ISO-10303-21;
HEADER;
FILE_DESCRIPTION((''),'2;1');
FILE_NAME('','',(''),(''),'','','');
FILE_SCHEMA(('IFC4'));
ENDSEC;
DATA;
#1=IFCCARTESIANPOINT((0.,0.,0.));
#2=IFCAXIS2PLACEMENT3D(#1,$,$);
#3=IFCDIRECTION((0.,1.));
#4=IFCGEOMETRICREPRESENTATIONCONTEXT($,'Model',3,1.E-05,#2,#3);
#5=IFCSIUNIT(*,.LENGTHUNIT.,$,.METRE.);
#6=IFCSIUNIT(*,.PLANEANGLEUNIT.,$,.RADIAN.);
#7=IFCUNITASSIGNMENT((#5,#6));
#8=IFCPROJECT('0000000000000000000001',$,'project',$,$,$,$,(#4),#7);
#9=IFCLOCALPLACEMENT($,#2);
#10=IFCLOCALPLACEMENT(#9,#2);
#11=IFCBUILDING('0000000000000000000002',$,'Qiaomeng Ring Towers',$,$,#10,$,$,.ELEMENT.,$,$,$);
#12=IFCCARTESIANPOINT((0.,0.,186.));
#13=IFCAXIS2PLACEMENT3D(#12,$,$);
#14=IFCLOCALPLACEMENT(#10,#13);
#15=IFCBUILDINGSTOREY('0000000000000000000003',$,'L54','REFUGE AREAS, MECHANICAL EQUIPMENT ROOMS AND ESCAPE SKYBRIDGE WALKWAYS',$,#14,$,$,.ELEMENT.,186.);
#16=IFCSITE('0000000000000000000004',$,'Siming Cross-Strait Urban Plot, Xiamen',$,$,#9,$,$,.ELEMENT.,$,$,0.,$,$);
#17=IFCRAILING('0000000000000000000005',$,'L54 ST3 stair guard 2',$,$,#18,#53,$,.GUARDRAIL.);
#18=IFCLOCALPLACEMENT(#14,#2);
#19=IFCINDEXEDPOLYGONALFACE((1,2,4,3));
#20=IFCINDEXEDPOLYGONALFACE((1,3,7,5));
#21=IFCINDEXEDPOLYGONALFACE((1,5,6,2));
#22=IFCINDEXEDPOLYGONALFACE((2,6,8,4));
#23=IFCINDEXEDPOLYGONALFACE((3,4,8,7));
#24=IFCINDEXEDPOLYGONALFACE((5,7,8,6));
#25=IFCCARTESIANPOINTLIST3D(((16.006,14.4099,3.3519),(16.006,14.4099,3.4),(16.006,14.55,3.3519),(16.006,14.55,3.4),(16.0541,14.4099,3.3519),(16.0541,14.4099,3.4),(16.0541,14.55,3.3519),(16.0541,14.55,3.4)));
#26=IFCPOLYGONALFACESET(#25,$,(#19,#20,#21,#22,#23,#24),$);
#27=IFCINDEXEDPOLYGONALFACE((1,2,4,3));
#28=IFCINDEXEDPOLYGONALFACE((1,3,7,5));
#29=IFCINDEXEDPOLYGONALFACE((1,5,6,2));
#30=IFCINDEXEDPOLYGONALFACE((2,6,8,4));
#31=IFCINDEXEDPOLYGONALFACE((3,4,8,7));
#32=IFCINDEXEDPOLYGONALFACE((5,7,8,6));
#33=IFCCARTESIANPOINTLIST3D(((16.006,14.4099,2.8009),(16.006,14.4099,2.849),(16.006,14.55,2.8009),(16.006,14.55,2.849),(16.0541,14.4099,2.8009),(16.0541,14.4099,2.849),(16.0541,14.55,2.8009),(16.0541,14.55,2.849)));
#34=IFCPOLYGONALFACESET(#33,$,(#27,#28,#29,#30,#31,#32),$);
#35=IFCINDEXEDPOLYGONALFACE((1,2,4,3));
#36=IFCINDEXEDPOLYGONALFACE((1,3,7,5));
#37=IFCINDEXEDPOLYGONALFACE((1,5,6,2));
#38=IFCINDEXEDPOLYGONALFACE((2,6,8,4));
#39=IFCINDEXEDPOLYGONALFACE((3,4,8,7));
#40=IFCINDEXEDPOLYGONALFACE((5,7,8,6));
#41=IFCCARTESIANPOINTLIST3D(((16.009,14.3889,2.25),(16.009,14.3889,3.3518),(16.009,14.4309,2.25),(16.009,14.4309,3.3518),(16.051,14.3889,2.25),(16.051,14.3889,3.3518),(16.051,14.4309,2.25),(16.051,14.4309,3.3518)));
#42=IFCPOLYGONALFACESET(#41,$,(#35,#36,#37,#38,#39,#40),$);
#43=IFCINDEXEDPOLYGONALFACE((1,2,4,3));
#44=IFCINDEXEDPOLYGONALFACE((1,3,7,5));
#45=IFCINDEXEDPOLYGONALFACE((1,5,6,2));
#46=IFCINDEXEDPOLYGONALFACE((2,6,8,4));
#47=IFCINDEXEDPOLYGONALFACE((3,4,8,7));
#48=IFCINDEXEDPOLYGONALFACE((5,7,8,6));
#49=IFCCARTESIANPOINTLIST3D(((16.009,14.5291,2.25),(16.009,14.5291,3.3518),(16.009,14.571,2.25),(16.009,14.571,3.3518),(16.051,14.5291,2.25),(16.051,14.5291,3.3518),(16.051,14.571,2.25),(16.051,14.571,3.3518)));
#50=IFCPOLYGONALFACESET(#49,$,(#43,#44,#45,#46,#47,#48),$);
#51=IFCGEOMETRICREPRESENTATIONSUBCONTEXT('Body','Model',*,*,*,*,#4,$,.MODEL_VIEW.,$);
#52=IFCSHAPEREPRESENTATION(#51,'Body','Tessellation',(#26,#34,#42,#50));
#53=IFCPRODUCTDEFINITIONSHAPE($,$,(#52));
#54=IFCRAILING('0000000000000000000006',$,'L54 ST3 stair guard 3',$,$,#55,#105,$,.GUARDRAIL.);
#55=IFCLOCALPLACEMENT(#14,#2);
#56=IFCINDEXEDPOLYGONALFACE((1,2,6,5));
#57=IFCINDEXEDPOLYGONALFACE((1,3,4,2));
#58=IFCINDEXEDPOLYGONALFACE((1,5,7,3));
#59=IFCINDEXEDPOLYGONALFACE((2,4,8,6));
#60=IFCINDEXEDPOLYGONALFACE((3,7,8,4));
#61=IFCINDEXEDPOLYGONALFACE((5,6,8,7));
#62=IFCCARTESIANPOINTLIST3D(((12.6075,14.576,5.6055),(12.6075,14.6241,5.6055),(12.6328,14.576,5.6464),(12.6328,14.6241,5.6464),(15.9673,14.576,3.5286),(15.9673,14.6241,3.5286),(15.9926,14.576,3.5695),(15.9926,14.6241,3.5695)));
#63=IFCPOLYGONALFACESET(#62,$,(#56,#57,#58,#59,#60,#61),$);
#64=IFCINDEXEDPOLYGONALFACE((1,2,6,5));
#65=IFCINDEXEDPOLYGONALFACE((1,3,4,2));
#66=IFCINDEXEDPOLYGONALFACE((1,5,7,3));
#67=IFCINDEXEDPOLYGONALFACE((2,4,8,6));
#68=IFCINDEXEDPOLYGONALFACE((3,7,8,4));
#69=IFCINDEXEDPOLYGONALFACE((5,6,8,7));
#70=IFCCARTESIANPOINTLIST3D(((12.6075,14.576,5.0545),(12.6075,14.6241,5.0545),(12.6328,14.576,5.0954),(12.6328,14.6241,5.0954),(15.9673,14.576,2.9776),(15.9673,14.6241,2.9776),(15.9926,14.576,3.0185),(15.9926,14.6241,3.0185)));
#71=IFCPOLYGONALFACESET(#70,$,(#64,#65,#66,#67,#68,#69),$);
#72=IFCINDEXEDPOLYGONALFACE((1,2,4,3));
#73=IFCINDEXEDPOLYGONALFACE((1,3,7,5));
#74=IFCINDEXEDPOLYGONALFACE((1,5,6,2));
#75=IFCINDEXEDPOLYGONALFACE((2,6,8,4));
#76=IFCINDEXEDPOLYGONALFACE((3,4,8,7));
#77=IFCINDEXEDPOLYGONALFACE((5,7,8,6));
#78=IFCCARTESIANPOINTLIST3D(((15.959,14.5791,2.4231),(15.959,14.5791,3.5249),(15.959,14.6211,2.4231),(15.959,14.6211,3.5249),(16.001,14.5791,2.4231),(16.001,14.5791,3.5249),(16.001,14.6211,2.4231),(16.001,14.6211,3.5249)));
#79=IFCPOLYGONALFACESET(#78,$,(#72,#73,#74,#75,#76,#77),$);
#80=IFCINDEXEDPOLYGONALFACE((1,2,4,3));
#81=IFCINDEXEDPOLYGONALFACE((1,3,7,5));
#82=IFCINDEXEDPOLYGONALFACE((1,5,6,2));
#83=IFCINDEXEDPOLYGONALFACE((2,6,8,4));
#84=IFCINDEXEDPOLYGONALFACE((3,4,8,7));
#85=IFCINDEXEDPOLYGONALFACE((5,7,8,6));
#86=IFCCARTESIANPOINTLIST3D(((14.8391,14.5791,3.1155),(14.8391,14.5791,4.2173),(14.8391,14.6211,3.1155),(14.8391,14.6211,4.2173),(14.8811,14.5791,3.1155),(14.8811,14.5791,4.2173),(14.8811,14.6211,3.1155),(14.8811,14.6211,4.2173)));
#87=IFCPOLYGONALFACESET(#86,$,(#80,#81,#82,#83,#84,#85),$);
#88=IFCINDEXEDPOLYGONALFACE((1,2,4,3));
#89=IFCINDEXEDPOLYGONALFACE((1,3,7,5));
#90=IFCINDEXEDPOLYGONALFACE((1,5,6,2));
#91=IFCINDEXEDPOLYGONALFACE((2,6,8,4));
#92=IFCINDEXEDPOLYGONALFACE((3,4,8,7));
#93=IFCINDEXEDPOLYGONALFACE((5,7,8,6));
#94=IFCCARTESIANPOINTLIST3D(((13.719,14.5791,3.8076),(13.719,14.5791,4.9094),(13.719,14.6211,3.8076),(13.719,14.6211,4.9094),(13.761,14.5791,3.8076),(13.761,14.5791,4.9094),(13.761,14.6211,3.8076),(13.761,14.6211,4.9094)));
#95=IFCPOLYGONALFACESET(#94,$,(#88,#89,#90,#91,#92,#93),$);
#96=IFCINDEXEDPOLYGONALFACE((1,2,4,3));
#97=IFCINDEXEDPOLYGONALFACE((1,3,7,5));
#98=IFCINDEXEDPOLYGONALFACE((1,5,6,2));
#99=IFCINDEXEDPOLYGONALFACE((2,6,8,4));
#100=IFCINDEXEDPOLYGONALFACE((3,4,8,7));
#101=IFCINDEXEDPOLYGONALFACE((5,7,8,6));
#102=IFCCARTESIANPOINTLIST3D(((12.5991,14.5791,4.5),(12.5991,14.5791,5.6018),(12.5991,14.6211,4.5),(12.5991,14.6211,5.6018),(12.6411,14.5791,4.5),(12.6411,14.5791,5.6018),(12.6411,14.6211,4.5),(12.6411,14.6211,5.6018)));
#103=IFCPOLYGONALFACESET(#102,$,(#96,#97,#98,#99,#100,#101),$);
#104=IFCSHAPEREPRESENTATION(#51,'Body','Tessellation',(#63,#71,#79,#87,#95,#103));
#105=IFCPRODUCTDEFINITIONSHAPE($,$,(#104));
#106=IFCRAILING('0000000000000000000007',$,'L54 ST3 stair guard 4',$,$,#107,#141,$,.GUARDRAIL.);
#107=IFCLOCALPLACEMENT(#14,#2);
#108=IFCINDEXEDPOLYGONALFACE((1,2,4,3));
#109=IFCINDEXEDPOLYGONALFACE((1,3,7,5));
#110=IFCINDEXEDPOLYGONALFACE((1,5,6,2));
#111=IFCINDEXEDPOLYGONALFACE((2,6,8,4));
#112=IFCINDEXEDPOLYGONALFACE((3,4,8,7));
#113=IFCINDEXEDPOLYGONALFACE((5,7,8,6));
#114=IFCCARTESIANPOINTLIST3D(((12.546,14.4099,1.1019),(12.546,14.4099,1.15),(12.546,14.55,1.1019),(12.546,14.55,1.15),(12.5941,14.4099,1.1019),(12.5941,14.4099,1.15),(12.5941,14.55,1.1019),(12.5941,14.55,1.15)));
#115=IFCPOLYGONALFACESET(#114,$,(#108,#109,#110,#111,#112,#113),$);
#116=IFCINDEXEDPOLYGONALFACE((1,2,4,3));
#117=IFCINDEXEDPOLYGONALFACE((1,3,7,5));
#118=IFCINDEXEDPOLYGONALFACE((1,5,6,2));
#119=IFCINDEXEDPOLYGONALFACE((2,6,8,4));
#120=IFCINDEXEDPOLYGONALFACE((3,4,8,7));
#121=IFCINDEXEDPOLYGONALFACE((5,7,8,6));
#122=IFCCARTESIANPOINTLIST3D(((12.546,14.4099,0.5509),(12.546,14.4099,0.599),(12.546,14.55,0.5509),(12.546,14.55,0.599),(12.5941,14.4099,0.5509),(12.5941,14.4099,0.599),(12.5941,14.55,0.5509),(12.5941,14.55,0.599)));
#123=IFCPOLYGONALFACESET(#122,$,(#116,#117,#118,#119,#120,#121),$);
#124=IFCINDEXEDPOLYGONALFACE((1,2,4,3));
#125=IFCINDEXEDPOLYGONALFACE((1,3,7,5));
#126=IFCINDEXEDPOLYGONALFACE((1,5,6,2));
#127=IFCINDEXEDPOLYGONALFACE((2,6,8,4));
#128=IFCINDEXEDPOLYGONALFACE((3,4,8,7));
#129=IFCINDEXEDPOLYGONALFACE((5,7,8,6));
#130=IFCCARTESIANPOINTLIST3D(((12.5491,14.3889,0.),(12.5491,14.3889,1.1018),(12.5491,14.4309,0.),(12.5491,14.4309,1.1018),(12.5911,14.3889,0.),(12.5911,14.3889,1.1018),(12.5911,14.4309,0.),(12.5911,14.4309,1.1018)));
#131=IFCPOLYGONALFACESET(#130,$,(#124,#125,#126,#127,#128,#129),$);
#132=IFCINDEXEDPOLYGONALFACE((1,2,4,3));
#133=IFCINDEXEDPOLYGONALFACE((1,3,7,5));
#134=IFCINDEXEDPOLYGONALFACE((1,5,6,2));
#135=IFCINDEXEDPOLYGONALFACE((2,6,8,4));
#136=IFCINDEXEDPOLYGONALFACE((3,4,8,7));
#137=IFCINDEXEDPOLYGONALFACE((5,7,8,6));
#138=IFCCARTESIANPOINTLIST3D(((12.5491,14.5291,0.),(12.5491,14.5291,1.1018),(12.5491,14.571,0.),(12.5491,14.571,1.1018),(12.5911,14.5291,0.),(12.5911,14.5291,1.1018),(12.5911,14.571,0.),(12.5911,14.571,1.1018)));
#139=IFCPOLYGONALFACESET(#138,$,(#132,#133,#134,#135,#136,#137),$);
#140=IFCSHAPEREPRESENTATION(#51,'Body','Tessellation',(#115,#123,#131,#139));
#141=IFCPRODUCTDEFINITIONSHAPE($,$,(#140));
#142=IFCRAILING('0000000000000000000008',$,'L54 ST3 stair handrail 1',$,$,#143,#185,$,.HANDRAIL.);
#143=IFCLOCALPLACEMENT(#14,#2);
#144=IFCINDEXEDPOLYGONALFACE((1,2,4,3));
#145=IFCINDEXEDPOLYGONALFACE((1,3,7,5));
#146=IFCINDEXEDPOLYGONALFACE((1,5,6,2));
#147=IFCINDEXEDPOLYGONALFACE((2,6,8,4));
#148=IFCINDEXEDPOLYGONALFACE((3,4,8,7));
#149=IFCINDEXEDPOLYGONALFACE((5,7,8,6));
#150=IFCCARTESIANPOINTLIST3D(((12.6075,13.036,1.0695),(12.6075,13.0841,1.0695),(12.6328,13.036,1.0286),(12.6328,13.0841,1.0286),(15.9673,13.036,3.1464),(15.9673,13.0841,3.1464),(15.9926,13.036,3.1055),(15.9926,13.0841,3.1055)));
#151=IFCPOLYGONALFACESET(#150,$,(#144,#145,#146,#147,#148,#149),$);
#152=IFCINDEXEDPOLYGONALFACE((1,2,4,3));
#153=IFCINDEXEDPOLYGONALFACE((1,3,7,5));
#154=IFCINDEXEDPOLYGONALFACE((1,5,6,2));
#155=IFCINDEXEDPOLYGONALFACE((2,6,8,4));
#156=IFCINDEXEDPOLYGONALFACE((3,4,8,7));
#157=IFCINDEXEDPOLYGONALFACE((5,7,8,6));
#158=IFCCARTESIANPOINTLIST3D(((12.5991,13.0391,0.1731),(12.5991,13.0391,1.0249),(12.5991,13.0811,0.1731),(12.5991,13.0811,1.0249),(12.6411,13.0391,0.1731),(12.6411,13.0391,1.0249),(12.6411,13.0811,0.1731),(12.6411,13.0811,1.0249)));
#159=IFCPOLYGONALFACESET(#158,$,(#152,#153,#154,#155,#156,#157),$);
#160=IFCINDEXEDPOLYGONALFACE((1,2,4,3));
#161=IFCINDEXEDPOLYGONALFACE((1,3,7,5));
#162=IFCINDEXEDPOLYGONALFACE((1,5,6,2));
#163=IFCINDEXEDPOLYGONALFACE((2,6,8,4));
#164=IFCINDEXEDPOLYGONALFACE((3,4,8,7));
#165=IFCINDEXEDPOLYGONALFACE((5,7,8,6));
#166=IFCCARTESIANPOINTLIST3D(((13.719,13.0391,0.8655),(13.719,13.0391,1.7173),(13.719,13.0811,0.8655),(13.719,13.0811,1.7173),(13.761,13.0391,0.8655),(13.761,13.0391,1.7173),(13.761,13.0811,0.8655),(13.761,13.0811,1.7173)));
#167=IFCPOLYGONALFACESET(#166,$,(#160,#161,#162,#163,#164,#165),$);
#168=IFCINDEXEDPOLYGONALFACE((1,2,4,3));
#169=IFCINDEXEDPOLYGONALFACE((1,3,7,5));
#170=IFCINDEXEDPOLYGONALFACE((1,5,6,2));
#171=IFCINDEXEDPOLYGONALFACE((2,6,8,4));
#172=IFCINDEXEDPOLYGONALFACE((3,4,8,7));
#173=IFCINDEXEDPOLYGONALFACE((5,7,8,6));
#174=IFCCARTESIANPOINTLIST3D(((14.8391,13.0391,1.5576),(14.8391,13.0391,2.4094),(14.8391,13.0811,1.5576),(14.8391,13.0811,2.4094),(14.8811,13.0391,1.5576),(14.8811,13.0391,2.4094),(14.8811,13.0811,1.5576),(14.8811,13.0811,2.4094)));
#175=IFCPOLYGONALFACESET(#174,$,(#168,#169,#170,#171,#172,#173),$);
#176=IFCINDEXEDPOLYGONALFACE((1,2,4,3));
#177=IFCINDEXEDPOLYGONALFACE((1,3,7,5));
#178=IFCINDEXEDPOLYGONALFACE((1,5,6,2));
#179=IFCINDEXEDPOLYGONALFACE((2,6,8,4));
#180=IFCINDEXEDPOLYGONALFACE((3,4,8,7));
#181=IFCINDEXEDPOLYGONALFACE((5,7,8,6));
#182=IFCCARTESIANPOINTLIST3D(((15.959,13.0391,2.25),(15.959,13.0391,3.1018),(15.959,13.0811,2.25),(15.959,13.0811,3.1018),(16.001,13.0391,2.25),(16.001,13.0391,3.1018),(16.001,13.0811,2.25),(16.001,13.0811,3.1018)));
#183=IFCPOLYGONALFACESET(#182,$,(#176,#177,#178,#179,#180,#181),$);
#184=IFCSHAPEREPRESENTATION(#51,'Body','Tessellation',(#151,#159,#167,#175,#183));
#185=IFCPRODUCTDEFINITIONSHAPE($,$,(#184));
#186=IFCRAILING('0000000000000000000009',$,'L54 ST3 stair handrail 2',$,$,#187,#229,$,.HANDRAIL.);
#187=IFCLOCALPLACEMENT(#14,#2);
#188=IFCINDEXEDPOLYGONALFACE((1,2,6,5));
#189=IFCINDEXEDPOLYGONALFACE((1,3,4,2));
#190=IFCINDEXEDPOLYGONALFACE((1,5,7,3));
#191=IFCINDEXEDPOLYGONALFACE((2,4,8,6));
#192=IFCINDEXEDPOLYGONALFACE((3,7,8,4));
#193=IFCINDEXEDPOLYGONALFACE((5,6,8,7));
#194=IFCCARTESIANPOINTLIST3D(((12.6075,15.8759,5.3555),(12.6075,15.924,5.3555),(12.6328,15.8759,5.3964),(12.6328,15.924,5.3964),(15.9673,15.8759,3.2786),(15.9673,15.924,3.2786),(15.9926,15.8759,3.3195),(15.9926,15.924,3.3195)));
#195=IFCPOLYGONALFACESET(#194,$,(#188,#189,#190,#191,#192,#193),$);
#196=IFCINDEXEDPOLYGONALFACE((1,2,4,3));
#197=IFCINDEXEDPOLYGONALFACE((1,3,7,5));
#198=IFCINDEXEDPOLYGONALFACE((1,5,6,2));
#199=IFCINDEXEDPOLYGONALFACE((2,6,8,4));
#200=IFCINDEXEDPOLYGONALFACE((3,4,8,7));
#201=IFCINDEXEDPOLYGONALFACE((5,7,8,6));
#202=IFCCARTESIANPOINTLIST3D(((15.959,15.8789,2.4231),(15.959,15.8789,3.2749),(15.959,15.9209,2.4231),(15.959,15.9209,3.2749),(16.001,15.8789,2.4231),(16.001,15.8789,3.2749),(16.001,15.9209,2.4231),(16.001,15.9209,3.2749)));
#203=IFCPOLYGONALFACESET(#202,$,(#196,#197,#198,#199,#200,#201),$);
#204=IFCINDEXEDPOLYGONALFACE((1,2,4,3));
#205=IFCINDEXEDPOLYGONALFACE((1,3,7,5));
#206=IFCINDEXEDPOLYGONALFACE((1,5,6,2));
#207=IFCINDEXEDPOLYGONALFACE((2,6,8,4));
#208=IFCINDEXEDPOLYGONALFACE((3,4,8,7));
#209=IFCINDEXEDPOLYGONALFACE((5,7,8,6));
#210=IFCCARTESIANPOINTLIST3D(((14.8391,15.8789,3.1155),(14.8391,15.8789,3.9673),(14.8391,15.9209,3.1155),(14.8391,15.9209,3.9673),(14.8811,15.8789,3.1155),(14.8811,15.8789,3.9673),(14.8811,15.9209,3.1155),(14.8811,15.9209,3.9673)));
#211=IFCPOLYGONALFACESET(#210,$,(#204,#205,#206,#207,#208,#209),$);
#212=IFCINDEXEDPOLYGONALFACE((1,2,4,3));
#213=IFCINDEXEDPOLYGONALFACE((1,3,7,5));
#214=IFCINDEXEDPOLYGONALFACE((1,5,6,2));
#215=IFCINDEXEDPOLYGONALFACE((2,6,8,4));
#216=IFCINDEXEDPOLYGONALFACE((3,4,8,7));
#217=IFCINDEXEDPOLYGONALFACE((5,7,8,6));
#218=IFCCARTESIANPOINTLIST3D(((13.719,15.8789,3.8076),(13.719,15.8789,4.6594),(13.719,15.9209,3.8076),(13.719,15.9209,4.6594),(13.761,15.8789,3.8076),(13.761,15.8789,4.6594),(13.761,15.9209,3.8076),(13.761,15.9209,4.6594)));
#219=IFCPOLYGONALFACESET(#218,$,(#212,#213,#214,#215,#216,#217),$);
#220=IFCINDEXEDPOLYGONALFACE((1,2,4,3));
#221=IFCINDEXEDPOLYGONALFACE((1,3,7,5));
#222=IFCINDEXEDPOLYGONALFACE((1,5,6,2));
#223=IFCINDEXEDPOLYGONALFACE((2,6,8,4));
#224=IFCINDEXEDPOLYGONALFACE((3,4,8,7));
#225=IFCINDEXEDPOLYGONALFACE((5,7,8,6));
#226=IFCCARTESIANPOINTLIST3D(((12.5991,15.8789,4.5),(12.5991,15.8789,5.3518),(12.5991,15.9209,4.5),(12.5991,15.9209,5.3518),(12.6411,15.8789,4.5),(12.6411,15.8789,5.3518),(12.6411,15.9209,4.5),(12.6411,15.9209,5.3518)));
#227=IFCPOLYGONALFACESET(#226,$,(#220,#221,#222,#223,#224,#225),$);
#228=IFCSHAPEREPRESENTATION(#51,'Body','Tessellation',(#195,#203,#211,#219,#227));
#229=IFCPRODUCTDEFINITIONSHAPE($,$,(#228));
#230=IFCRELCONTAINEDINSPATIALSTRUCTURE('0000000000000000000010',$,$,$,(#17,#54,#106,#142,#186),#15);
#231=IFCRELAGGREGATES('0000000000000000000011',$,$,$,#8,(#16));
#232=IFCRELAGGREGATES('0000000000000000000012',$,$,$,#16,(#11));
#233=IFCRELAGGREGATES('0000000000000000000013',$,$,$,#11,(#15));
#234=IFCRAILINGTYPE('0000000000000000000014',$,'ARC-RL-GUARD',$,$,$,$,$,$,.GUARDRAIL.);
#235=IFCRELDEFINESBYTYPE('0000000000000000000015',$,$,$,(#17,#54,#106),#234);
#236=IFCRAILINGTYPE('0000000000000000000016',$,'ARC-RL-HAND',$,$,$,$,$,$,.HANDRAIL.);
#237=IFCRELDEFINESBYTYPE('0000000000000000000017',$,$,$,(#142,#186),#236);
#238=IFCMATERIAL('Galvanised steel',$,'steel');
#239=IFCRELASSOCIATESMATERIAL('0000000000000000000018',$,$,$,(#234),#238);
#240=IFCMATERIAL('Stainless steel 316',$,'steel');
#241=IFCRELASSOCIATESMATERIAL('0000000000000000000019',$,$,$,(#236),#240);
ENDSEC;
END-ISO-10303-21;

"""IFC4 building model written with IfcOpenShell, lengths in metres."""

from ifc_helpers import new_model, si_unit, direction, frame, origin, origin_2d, place, context, subcontext, project, spatial, rectangle, extrude, material, type_object, element, save


model = new_model("IFC4")

# Units and contexts
model_context = context("Model", 3, precision=1e-05, world=origin(), true_north=direction((0.0, 1.0)))
body_context = subcontext(model_context, "Body", "Model", "MODEL_VIEW")
ifc_project = project(units=[si_unit("LENGTHUNIT", "METRE"), si_unit("PLANEANGLEUNIT", "RADIAN")], contexts=[model_context])

# Site, building, storey
site_placement = place(None, origin())
site = spatial("IfcSite", under=ifc_project, at=site_placement, Name="Siming Cross-Strait Urban Plot, Xiamen", CompositionType="ELEMENT", RefElevation=0.0)
building_placement = place(site_placement, origin())
building = spatial("IfcBuilding", under=site, at=building_placement, Name="Qiaomeng Ring Towers", CompositionType="ELEMENT")
storey_placement = place(building_placement, frame((0.0, 0.0, 186.0)))
storey = spatial("IfcBuildingStorey", under=building, at=storey_placement, Name="L54", Description="REFUGE AREAS, MECHANICAL EQUIPMENT ROOMS AND ESCAPE SKYBRIDGE WALKWAYS", CompositionType="ELEMENT", Elevation=186.0)

# Shared definitions
ifc_material_1 = material(Name="Galvanised steel", Category="steel")

# Railings
railing_type_1 = type_object("IfcRailingType", Name="ARC-RL-GUARD", PredefinedType="GUARDRAIL", material=ifc_material_1)
railing_1_placement = place(storey_placement, frame((16.03, 14.4099, 2.25)))
element("IfcRailing", 1, at=railing_1_placement, inside=storey, type_object=railing_type_1, Name="L54 ST3 stair guard 2", PredefinedType="GUARDRAIL", context=body_context, shape_type="SweptSolid", body=[
    extrude(rectangle(XDim=0.0481, YDim=0.0481, at=origin_2d()), frame((0.0, 0.0, 1.126), z_axis=(0.0, 1.0, 0.0), x_axis=(-1.0, 0.0, 0.0)), (0.0, 0.0, 1.0), 0.1401),
    extrude(rectangle(XDim=0.0481, YDim=0.0481, at=origin_2d()), frame((0.0, 0.0, 0.575), z_axis=(0.0, 1.0, 0.0), x_axis=(-1.0, 0.0, 0.0)), (0.0, 0.0, 1.0), 0.1401),
    extrude(rectangle(XDim=0.042, YDim=0.042, at=origin_2d()), origin(), (0.0, 0.0, 1.0), 1.1018),
    extrude(rectangle(XDim=0.042, YDim=0.042, at=origin_2d()), frame((0.0, 0.1401, 0.0)), (0.0, 0.0, 1.0), 1.1018),
])
railing_2_placement = place(storey_placement, frame((15.98, 14.6001, 2.4231)))
element("IfcRailing", 2, at=railing_2_placement, inside=storey, type_object=railing_type_1, Name="L54 ST3 stair guard 3", PredefinedType="GUARDRAIL", context=body_context, shape_type="SweptSolid", body=[
    extrude(rectangle(XDim=0.0481, YDim=0.0481, at=origin_2d()), frame((0.0, 0.0, 1.126), z_axis=(-0.850606, 0.0, 0.525803), x_axis=(0.0, -1.0, 0.0)), (0.0, 0.0, 1.0), 3.95),
    extrude(rectangle(XDim=0.0481, YDim=0.0481, at=origin_2d()), frame((0.0, 0.0, 0.575), z_axis=(-0.850606, 0.0, 0.525803), x_axis=(0.0, -1.0, 0.0)), (0.0, 0.0, 1.0), 3.95),
    extrude(rectangle(XDim=0.042, YDim=0.042, at=origin_2d()), origin(), (0.0, 0.0, 1.0), 1.1018),
    extrude(rectangle(XDim=0.042, YDim=0.042, at=origin_2d()), frame((-1.1199, 0.0, 0.6924)), (0.0, 0.0, 1.0), 1.1018),
    extrude(rectangle(XDim=0.042, YDim=0.042, at=origin_2d()), frame((-2.24, 0.0, 1.3845)), (0.0, 0.0, 1.0), 1.1018),
    extrude(rectangle(XDim=0.042, YDim=0.042, at=origin_2d()), frame((-3.3599, 0.0, 2.0769)), (0.0, 0.0, 1.0), 1.1018),
])
railing_3_placement = place(storey_placement, frame((12.5701, 14.4099, 0.0)))
element("IfcRailing", 3, at=railing_3_placement, inside=storey, type_object=railing_type_1, Name="L54 ST3 stair guard 4", PredefinedType="GUARDRAIL", context=body_context, shape_type="SweptSolid", body=[
    extrude(rectangle(XDim=0.0481, YDim=0.0481, at=origin_2d()), frame((0.0, 0.0, 1.126), z_axis=(0.0, 1.0, 0.0), x_axis=(-1.0, 0.0, 0.0)), (0.0, 0.0, 1.0), 0.1401),
    extrude(rectangle(XDim=0.0481, YDim=0.0481, at=origin_2d()), frame((0.0, 0.0, 0.575), z_axis=(0.0, 1.0, 0.0), x_axis=(-1.0, 0.0, 0.0)), (0.0, 0.0, 1.0), 0.1401),
    extrude(rectangle(XDim=0.042, YDim=0.042, at=origin_2d()), origin(), (0.0, 0.0, 1.0), 1.1018),
    extrude(rectangle(XDim=0.042, YDim=0.042, at=origin_2d()), frame((0.0, 0.1401, 0.0)), (0.0, 0.0, 1.0), 1.1018),
])
ifc_material_2 = material(Name="Stainless steel 316", Category="steel")
railing_type_2 = type_object("IfcRailingType", Name="ARC-RL-HAND", PredefinedType="HANDRAIL", material=ifc_material_2)
railing_4_placement = place(storey_placement, frame((12.6201, 13.0601, 0.1731)))
element("IfcRailing", 4, at=railing_4_placement, inside=storey, type_object=railing_type_2, Name="L54 ST3 stair handrail 1", PredefinedType="HANDRAIL", context=body_context, shape_type="SweptSolid", body=[
    extrude(rectangle(XDim=0.0481, YDim=0.0481, at=origin_2d()), frame((0.0, 0.0, 0.876), z_axis=(0.850606, 0.0, 0.525803), x_axis=(0.0, 1.0, 0.0)), (0.0, 0.0, 1.0), 3.95),
    extrude(rectangle(XDim=0.042, YDim=0.042, at=origin_2d()), origin(), (0.0, 0.0, 1.0), 0.8518),
    extrude(rectangle(XDim=0.042, YDim=0.042, at=origin_2d()), frame((1.1199, 0.0, 0.6924)), (0.0, 0.0, 1.0), 0.8518),
    extrude(rectangle(XDim=0.042, YDim=0.042, at=origin_2d()), frame((2.24, 0.0, 1.3845)), (0.0, 0.0, 1.0), 0.8518),
    extrude(rectangle(XDim=0.042, YDim=0.042, at=origin_2d()), frame((3.3599, 0.0, 2.0769)), (0.0, 0.0, 1.0), 0.8518),
])
railing_5_placement = place(storey_placement, frame((15.98, 15.8999, 2.4231)))
element("IfcRailing", 5, at=railing_5_placement, inside=storey, type_object=railing_type_2, Name="L54 ST3 stair handrail 2", PredefinedType="HANDRAIL", context=body_context, shape_type="SweptSolid", body=[
    extrude(rectangle(XDim=0.0481, YDim=0.0481, at=origin_2d()), frame((0.0, 0.0, 0.876), z_axis=(-0.850606, 0.0, 0.525803), x_axis=(0.0, -1.0, 0.0)), (0.0, 0.0, 1.0), 3.95),
    extrude(rectangle(XDim=0.042, YDim=0.042, at=origin_2d()), origin(), (0.0, 0.0, 1.0), 0.8518),
    extrude(rectangle(XDim=0.042, YDim=0.042, at=origin_2d()), frame((-1.1199, 0.0, 0.6924)), (0.0, 0.0, 1.0), 0.8518),
    extrude(rectangle(XDim=0.042, YDim=0.042, at=origin_2d()), frame((-2.24, 0.0, 1.3845)), (0.0, 0.0, 1.0), 0.8518),
    extrude(rectangle(XDim=0.042, YDim=0.042, at=origin_2d()), frame((-3.3599, 0.0, 2.0769)), (0.0, 0.0, 1.0), 0.8518),
])

save(model, "model.ifc")
